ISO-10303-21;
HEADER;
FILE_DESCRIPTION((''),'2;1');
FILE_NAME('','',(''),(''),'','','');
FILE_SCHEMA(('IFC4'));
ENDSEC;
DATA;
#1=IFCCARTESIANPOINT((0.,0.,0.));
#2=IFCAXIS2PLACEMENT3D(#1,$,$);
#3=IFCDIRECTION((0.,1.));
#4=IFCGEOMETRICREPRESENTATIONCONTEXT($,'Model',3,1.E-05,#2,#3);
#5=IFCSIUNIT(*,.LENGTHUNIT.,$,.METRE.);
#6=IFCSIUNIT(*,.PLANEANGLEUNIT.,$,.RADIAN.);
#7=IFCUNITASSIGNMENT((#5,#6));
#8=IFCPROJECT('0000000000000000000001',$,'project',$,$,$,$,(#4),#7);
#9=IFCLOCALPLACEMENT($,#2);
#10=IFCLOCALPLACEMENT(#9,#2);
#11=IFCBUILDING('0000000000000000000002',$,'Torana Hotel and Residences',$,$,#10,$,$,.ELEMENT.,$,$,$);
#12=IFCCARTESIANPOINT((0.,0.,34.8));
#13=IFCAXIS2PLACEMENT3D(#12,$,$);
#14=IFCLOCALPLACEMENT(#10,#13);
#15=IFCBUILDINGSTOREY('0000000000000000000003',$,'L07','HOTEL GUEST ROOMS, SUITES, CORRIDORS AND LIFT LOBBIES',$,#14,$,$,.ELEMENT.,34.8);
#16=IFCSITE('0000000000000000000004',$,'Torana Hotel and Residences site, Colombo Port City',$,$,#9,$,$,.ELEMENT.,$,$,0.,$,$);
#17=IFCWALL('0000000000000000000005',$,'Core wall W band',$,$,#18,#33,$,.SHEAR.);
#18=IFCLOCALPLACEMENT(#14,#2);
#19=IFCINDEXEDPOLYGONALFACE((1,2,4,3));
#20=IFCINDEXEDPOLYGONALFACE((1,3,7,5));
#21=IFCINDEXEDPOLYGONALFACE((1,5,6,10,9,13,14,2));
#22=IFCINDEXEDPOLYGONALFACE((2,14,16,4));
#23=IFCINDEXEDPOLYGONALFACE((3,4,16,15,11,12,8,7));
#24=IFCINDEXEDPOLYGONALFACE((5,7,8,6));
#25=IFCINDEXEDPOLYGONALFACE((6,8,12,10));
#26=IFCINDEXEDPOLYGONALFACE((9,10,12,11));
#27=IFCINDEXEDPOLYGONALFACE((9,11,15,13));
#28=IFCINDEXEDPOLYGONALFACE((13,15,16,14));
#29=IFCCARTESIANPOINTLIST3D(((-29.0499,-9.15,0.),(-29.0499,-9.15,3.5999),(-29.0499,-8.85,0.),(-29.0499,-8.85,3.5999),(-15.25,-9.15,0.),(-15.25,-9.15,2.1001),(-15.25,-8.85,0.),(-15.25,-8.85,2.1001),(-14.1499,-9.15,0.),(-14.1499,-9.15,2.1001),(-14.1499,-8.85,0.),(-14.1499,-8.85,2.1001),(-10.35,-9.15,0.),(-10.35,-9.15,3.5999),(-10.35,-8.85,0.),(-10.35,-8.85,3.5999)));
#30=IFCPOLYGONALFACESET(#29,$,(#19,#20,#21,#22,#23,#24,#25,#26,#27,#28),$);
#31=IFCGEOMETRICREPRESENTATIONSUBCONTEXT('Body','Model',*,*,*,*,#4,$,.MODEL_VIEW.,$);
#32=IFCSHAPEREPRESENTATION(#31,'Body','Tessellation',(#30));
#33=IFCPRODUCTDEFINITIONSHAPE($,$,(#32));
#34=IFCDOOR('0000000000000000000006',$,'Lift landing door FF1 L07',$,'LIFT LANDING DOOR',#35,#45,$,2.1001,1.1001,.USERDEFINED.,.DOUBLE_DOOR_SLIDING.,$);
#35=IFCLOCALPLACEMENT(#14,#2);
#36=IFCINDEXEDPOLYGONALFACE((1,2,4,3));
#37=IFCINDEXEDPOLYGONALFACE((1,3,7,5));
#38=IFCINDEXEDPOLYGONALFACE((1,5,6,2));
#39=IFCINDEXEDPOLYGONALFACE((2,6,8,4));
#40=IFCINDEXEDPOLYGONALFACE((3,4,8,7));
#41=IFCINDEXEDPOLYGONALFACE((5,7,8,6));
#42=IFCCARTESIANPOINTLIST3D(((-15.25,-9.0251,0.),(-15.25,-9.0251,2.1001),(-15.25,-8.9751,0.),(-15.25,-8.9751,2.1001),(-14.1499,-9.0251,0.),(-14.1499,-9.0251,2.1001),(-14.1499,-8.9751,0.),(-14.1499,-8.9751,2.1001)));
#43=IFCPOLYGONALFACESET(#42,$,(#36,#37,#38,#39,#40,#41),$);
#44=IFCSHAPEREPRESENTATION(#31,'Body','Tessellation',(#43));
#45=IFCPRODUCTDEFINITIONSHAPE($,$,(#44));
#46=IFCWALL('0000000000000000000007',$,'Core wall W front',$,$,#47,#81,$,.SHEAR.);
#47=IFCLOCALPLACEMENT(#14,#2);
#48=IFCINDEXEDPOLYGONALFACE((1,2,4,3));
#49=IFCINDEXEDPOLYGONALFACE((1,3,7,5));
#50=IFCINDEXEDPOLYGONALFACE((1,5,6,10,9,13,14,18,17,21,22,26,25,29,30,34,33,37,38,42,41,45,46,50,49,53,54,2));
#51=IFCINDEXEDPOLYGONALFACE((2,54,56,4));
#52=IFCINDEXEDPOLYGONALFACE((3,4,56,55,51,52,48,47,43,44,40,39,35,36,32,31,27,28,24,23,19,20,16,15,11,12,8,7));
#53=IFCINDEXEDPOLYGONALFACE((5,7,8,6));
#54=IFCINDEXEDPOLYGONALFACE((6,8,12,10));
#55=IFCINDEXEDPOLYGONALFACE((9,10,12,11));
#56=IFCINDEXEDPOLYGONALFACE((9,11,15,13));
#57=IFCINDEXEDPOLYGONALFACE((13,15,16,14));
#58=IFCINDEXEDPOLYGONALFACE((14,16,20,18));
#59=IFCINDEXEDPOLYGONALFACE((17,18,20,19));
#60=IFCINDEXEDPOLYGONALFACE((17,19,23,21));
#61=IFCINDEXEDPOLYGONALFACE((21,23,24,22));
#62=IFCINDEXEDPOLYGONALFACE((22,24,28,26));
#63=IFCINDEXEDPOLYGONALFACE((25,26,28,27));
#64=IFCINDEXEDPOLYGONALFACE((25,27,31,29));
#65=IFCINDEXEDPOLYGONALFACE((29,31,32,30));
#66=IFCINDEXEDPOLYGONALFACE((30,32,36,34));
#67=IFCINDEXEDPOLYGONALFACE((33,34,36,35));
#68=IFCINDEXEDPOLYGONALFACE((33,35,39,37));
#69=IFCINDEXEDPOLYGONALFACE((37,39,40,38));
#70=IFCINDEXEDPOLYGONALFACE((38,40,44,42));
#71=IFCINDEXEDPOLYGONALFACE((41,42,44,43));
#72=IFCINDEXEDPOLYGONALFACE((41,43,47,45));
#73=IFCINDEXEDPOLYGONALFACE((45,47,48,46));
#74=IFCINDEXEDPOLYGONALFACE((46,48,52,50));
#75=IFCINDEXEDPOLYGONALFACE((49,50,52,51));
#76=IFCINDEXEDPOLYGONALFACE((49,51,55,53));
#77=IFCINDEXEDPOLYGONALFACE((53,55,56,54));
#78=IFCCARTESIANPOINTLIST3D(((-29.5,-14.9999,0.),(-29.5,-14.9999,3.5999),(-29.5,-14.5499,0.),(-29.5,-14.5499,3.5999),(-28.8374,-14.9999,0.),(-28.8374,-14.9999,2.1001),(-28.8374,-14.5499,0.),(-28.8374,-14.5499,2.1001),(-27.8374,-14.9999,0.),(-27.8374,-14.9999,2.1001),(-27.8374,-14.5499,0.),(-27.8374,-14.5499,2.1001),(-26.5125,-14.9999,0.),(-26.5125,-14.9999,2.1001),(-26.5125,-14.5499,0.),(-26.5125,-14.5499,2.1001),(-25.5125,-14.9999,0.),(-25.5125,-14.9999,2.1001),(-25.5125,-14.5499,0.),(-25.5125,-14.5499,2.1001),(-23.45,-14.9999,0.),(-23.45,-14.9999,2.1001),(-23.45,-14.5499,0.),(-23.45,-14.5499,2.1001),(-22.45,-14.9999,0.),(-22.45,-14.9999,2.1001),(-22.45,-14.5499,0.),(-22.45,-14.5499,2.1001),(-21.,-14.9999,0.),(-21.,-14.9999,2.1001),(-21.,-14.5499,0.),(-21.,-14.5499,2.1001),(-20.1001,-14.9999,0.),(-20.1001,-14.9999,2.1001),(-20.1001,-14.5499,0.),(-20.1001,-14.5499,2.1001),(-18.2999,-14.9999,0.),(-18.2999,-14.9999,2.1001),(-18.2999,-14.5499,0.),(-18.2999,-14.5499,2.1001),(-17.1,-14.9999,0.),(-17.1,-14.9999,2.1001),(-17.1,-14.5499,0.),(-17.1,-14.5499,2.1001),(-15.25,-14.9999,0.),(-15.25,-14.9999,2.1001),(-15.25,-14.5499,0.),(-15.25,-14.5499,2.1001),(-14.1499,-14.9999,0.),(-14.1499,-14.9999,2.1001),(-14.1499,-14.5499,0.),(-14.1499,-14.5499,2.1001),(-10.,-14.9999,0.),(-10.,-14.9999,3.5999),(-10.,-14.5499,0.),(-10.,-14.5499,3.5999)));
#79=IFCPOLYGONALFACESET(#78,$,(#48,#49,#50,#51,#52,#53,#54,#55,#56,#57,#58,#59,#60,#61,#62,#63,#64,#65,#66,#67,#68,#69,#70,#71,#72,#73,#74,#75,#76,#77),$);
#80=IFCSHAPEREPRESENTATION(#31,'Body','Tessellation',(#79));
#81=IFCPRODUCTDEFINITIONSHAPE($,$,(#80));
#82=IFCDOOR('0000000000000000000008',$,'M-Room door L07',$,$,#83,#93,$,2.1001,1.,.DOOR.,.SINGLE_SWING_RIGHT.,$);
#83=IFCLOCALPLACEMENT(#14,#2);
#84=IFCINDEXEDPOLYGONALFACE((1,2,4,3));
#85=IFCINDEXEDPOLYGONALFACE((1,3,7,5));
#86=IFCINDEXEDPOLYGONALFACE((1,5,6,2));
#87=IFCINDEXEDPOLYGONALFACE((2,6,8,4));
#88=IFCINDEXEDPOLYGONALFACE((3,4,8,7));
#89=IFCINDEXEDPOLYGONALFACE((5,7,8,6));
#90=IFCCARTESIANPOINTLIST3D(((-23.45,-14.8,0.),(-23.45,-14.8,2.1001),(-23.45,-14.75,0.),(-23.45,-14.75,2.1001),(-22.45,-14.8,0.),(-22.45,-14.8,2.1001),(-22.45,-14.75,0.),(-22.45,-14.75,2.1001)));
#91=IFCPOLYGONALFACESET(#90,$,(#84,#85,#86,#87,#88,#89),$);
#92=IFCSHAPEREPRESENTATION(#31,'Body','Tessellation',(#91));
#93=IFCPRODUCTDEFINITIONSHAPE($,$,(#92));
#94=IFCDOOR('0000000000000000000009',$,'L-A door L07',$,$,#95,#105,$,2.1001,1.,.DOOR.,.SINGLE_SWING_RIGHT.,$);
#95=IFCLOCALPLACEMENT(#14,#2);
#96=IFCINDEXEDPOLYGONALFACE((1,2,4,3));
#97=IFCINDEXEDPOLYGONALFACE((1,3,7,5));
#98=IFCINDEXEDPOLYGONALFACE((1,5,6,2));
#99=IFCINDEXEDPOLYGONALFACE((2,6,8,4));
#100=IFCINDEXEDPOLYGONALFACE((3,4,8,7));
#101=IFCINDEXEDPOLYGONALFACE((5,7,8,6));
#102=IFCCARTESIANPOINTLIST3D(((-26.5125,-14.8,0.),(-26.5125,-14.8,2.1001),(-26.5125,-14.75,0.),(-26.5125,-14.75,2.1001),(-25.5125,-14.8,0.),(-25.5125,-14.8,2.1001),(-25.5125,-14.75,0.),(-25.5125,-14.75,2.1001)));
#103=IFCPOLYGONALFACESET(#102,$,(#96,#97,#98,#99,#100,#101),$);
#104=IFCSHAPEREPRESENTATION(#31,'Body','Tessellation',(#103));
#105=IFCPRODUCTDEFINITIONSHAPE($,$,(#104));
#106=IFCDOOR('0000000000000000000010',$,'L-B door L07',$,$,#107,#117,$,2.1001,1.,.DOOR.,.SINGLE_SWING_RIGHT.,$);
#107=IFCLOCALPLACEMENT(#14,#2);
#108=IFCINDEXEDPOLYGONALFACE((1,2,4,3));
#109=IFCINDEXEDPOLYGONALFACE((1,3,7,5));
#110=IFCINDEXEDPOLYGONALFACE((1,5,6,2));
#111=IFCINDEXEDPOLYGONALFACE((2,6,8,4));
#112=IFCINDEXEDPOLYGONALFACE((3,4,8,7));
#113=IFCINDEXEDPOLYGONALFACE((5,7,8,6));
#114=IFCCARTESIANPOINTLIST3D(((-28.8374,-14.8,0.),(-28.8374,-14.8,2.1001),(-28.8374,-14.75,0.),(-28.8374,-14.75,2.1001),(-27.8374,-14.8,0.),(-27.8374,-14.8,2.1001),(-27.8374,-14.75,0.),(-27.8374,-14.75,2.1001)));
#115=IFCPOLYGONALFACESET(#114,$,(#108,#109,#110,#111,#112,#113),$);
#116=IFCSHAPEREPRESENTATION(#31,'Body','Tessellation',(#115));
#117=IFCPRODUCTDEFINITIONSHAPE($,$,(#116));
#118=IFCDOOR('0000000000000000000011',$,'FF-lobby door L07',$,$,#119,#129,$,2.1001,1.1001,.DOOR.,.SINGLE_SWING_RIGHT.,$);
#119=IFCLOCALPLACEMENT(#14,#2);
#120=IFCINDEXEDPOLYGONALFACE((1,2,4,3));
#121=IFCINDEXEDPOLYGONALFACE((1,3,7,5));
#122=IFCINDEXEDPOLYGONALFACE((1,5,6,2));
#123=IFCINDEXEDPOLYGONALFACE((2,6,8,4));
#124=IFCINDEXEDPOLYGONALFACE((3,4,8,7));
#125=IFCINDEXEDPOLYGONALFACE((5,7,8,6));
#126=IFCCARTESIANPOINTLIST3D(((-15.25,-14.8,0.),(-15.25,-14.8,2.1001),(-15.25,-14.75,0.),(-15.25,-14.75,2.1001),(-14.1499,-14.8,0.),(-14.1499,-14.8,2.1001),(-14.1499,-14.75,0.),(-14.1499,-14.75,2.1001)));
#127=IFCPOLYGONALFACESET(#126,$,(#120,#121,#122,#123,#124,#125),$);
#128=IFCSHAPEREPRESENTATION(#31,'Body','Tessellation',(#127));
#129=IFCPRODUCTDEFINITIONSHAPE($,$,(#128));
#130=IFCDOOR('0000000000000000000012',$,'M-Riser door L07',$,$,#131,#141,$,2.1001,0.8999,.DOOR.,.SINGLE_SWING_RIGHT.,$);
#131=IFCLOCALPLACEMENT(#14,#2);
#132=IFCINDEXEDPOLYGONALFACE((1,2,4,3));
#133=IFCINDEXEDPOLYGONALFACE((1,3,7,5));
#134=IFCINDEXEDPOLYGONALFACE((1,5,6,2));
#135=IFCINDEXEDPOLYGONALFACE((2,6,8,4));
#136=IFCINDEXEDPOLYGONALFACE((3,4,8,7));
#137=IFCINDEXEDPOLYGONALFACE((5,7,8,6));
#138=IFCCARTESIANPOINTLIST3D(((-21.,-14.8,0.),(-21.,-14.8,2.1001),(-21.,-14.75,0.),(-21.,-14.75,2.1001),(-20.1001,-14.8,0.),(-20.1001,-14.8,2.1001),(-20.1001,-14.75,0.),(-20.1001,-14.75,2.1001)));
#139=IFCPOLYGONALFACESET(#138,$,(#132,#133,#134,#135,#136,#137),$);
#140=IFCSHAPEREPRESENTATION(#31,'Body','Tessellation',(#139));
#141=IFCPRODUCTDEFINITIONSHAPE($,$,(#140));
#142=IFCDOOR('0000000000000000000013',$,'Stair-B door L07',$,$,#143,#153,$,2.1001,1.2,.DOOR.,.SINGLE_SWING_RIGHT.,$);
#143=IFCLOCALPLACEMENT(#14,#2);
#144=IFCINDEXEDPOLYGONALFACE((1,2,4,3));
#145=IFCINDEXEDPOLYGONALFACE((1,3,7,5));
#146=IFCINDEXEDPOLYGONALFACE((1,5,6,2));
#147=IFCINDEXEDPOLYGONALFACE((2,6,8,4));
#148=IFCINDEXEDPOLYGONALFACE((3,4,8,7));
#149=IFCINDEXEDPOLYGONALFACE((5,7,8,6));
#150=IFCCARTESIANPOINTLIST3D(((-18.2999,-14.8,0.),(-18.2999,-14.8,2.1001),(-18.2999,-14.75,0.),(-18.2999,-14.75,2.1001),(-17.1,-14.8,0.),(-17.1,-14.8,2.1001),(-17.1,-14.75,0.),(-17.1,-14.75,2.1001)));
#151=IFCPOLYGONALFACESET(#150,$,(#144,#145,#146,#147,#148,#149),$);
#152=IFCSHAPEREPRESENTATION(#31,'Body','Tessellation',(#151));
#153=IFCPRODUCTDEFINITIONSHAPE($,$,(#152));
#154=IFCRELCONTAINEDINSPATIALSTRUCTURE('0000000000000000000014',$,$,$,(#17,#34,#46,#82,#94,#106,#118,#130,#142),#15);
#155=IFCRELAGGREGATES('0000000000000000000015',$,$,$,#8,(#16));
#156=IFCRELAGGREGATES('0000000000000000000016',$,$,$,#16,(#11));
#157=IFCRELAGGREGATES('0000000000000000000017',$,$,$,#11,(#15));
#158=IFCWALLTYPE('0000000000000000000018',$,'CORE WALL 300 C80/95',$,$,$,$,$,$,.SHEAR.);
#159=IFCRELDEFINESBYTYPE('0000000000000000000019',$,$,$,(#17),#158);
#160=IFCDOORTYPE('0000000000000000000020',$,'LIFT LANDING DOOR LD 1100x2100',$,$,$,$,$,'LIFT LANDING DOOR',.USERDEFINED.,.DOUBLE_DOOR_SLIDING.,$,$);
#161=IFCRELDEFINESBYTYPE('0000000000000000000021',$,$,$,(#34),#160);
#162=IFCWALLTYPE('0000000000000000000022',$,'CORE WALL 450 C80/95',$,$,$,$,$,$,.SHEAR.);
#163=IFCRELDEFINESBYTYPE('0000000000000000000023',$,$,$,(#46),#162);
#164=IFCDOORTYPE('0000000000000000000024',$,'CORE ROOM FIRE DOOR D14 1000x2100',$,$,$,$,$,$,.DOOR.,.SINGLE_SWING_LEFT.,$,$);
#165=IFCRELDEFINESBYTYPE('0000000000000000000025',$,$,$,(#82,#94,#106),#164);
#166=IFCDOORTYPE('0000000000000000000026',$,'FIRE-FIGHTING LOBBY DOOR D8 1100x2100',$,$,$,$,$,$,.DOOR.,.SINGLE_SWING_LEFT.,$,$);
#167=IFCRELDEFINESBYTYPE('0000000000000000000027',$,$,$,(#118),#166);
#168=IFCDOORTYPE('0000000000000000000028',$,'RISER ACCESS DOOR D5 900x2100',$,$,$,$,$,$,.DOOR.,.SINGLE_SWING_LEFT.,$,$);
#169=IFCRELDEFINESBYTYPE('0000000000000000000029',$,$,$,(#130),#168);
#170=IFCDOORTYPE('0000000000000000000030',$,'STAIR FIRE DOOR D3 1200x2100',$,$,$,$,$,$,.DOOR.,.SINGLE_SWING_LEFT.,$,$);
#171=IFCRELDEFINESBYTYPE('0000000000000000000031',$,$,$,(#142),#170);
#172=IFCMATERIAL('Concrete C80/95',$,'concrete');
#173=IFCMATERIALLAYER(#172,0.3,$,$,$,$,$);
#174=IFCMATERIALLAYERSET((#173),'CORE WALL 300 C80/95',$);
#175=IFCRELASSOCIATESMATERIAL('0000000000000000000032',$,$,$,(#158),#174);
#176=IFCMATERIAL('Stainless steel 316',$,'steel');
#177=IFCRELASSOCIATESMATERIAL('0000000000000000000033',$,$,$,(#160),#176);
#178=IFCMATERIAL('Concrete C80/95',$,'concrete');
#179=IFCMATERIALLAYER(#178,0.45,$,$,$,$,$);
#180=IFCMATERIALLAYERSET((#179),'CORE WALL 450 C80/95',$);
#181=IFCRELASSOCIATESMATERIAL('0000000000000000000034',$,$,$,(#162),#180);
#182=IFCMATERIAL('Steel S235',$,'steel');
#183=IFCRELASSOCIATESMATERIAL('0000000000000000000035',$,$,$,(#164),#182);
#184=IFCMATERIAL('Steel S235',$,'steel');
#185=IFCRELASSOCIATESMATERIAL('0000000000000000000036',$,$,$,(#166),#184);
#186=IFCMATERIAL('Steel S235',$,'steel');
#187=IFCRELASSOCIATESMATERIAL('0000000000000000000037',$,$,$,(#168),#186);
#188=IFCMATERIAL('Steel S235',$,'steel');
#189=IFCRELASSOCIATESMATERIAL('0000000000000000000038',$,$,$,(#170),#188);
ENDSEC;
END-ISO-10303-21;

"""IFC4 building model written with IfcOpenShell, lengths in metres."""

from ifc_helpers import new_model, si_unit, direction, frame, frame_2d, origin, place, context, subcontext, project, spatial, rectangle, extrude, material, layer, layer_set, type_object, element, fill, save


model = new_model("IFC4")

# Units and contexts
model_context = context("Model", 3, precision=1e-05, world=origin(), true_north=direction((0.0, 1.0)))
body_context = subcontext(model_context, "Body", "Model", "MODEL_VIEW")
ifc_project = project(units=[si_unit("LENGTHUNIT", "METRE"), si_unit("PLANEANGLEUNIT", "RADIAN")], contexts=[model_context])

# Site, building, storey
site_placement = place(None, origin())
site = spatial("IfcSite", under=ifc_project, at=site_placement, Name="Torana Hotel and Residences site, Colombo Port City", CompositionType="ELEMENT", RefElevation=0.0)
building_placement = place(site_placement, origin())
building = spatial("IfcBuilding", under=site, at=building_placement, Name="Torana Hotel and Residences", CompositionType="ELEMENT")
storey_placement = place(building_placement, frame((0.0, 0.0, 34.8)))
storey = spatial("IfcBuildingStorey", under=building, at=storey_placement, Name="L07", Description="HOTEL GUEST ROOMS, SUITES, CORRIDORS AND LIFT LOBBIES", CompositionType="ELEMENT", Elevation=34.8)

# Wall, opening, door
ifc_material_1 = material(Name="Concrete C80/95", Category="concrete")
ifc_layer_1 = layer(ifc_material_1, 0.3)
ifc_layer_set_1 = layer_set([ifc_layer_1], Name="CORE WALL 300 C80/95")
wall_type_1 = type_object("IfcWallType", Name="CORE WALL 300 C80/95", PredefinedType="SHEAR", material=ifc_layer_set_1)
wall_1_placement = place(storey_placement, frame((-29.05, -9.0, 0.0), z_axis=(0.0, 0.0, 1.0), x_axis=(1.0, 0.0, 0.0)))
wall_1 = element("IfcWall", 1, at=wall_1_placement, inside=storey, type_object=wall_type_1, Name="Core wall W band", PredefinedType="SHEAR", context=body_context, shape_type="SweptSolid", body=[
    extrude(rectangle(XDim=18.7, YDim=0.3, at=frame_2d((9.3501, 0.0))), origin(), (0.0, 0.0, 1.0), 3.5999),
])
opening_1_placement = place(wall_1_placement, frame((13.8, 0.0, 0.0)))
opening_1 = element("IfcOpeningElement", 2, at=opening_1_placement, cuts=wall_1, PredefinedType="OPENING", context=body_context, shape_type="SweptSolid", body=[
    extrude(rectangle(XDim=1.1001, YDim=2.1001, at=frame_2d((0.55, 1.05))), frame((0.0, 0.1599, 0.0), z_axis=(0.0, -1.0, 0.0), x_axis=(1.0, 0.0, 0.0)), (0.0, 0.0, 1.0), 0.3201),
])
ifc_material_2 = material(Name="Stainless steel 316", Category="steel")
door_type_1 = type_object("IfcDoorType", Name="LIFT LANDING DOOR LD 1100x2100", ElementType="LIFT LANDING DOOR", OperationType="DOUBLE_DOOR_SLIDING", PredefinedType="USERDEFINED", material=ifc_material_2)
door_1_placement = place(opening_1_placement, origin())
door_1 = element("IfcDoor", 3, at=door_1_placement, inside=storey, type_object=door_type_1, Name="Lift landing door FF1 L07", ObjectType="LIFT LANDING DOOR", OperationType="DOUBLE_DOOR_SLIDING", OverallHeight=2.1001, OverallWidth=1.1001, PredefinedType="USERDEFINED", context=body_context, shape_type="SweptSolid", body=[
    extrude(rectangle(XDim=1.1001, YDim=2.1001, at=frame_2d((0.55, 1.05))), frame((0.0, 0.0249, 0.0), z_axis=(0.0, -1.0, 0.0), x_axis=(1.0, 0.0, 0.0)), (0.0, 0.0, 1.0), 0.05),
])
fill(opening_1, door_1)

# Wall, openings, doors
ifc_material_3 = material(Name="Concrete C80/95", Category="concrete")
ifc_layer_2 = layer(ifc_material_3, 0.45)
ifc_layer_set_2 = layer_set([ifc_layer_2], Name="CORE WALL 450 C80/95")
wall_type_2 = type_object("IfcWallType", Name="CORE WALL 450 C80/95", PredefinedType="SHEAR", material=ifc_layer_set_2)
wall_2_placement = place(storey_placement, frame((-29.5, -14.7749, 0.0), z_axis=(0.0, 0.0, 1.0), x_axis=(1.0, 0.0, 0.0)))
wall_2 = element("IfcWall", 4, at=wall_2_placement, inside=storey, type_object=wall_type_2, Name="Core wall W front", PredefinedType="SHEAR", context=body_context, shape_type="SweptSolid", body=[
    extrude(rectangle(XDim=19.5, YDim=0.45, at=frame_2d((9.75, 0.0))), origin(), (0.0, 0.0, 1.0), 3.5999),
])
opening_2_placement = place(wall_2_placement, frame((11.2, 0.0, 0.0)))
opening_2 = element("IfcOpeningElement", 5, at=opening_2_placement, cuts=wall_2, PredefinedType="OPENING", context=body_context, shape_type="SweptSolid", body=[
    extrude(rectangle(XDim=1.2, YDim=2.1001, at=frame_2d((0.6001, 1.05))), frame((0.0, 0.2349, 0.0), z_axis=(0.0, -1.0, 0.0), x_axis=(1.0, 0.0, 0.0)), (0.0, 0.0, 1.0), 0.47),
])
opening_3_placement = place(wall_2_placement, frame((14.25, 0.0, 0.0)))
opening_3 = element("IfcOpeningElement", 6, at=opening_3_placement, cuts=wall_2, PredefinedType="OPENING", context=body_context, shape_type="SweptSolid", body=[
    extrude(rectangle(XDim=1.1001, YDim=2.1001, at=frame_2d((0.55, 1.05))), frame((0.0, 0.2349, 0.0), z_axis=(0.0, -1.0, 0.0), x_axis=(1.0, 0.0, 0.0)), (0.0, 0.0, 1.0), 0.47),
])
opening_4_placement = place(wall_2_placement, frame((8.5, 0.0, 0.0)))
opening_4 = element("IfcOpeningElement", 7, at=opening_4_placement, cuts=wall_2, PredefinedType="OPENING", context=body_context, shape_type="SweptSolid", body=[
    extrude(rectangle(XDim=0.8999, YDim=2.1001, at=frame_2d((0.45, 1.05))), frame((0.0, 0.2349, 0.0), z_axis=(0.0, -1.0, 0.0), x_axis=(1.0, 0.0, 0.0)), (0.0, 0.0, 1.0), 0.47),
])
opening_5_placement = place(wall_2_placement, frame((6.05, 0.0, 0.0)))
opening_5 = element("IfcOpeningElement", 8, at=opening_5_placement, cuts=wall_2, PredefinedType="OPENING", context=body_context, shape_type="SweptSolid", body=[
    extrude(rectangle(XDim=1.0, YDim=2.1001, at=frame_2d((0.5, 1.05))), frame((0.0, 0.2349, 0.0), z_axis=(0.0, -1.0, 0.0), x_axis=(1.0, 0.0, 0.0)), (0.0, 0.0, 1.0), 0.47),
])
opening_6_placement = place(wall_2_placement, frame((2.9875, 0.0, 0.0)))
opening_6 = element("IfcOpeningElement", 9, at=opening_6_placement, cuts=wall_2, PredefinedType="OPENING", context=body_context, shape_type="SweptSolid", body=[
    extrude(rectangle(XDim=1.0, YDim=2.1001, at=frame_2d((0.5, 1.05))), frame((0.0, 0.2349, 0.0), z_axis=(0.0, -1.0, 0.0), x_axis=(1.0, 0.0, 0.0)), (0.0, 0.0, 1.0), 0.47),
])
opening_7_placement = place(wall_2_placement, frame((0.6626, 0.0, 0.0)))
opening_7 = element("IfcOpeningElement", 10, at=opening_7_placement, cuts=wall_2, PredefinedType="OPENING", context=body_context, shape_type="SweptSolid", body=[
    extrude(rectangle(XDim=1.0, YDim=2.1001, at=frame_2d((0.5, 1.05))), frame((0.0, 0.2349, 0.0), z_axis=(0.0, -1.0, 0.0), x_axis=(1.0, 0.0, 0.0)), (0.0, 0.0, 1.0), 0.47),
])
ifc_material_4 = material(Name="Steel S235", Category="steel")
door_type_2 = type_object("IfcDoorType", Name="CORE ROOM FIRE DOOR D14 1000x2100", OperationType="SINGLE_SWING_LEFT", PredefinedType="DOOR", material=ifc_material_4)
door_2_placement = place(opening_5_placement, origin())
door_2 = element("IfcDoor", 11, at=door_2_placement, inside=storey, type_object=door_type_2, Name="M-Room door L07", OperationType="SINGLE_SWING_RIGHT", OverallHeight=2.1001, OverallWidth=1.0, PredefinedType="DOOR", context=body_context, shape_type="SweptSolid", body=[
    extrude(rectangle(XDim=1.0, YDim=2.1001, at=frame_2d((0.5, 1.05))), frame((0.0, 0.0249, 0.0), z_axis=(0.0, -1.0, 0.0), x_axis=(1.0, 0.0, 0.0)), (0.0, 0.0, 1.0), 0.05),
])
fill(opening_5, door_2)
door_3_placement = place(opening_6_placement, origin())
door_3 = element("IfcDoor", 12, at=door_3_placement, inside=storey, type_object=door_type_2, Name="L-A door L07", OperationType="SINGLE_SWING_RIGHT", OverallHeight=2.1001, OverallWidth=1.0, PredefinedType="DOOR", context=body_context, shape_type="SweptSolid", body=[
    extrude(rectangle(XDim=1.0, YDim=2.1001, at=frame_2d((0.5, 1.05))), frame((0.0, 0.0249, 0.0), z_axis=(0.0, -1.0, 0.0), x_axis=(1.0, 0.0, 0.0)), (0.0, 0.0, 1.0), 0.05),
])
fill(opening_6, door_3)
door_4_placement = place(opening_7_placement, origin())
door_4 = element("IfcDoor", 13, at=door_4_placement, inside=storey, type_object=door_type_2, Name="L-B door L07", OperationType="SINGLE_SWING_RIGHT", OverallHeight=2.1001, OverallWidth=1.0, PredefinedType="DOOR", context=body_context, shape_type="SweptSolid", body=[
    extrude(rectangle(XDim=1.0, YDim=2.1001, at=frame_2d((0.5, 1.05))), frame((0.0, 0.0249, 0.0), z_axis=(0.0, -1.0, 0.0), x_axis=(1.0, 0.0, 0.0)), (0.0, 0.0, 1.0), 0.05),
])
fill(opening_7, door_4)
ifc_material_5 = material(Name="Steel S235", Category="steel")
door_type_3 = type_object("IfcDoorType", Name="FIRE-FIGHTING LOBBY DOOR D8 1100x2100", OperationType="SINGLE_SWING_LEFT", PredefinedType="DOOR", material=ifc_material_5)
door_5_placement = place(opening_3_placement, origin())
door_5 = element("IfcDoor", 14, at=door_5_placement, inside=storey, type_object=door_type_3, Name="FF-lobby door L07", OperationType="SINGLE_SWING_RIGHT", OverallHeight=2.1001, OverallWidth=1.1001, PredefinedType="DOOR", context=body_context, shape_type="SweptSolid", body=[
    extrude(rectangle(XDim=1.1001, YDim=2.1001, at=frame_2d((0.55, 1.05))), frame((0.0, 0.0249, 0.0), z_axis=(0.0, -1.0, 0.0), x_axis=(1.0, 0.0, 0.0)), (0.0, 0.0, 1.0), 0.05),
])
fill(opening_3, door_5)
ifc_material_6 = material(Name="Steel S235", Category="steel")
door_type_4 = type_object("IfcDoorType", Name="RISER ACCESS DOOR D5 900x2100", OperationType="SINGLE_SWING_LEFT", PredefinedType="DOOR", material=ifc_material_6)
door_6_placement = place(opening_4_placement, origin())
door_6 = element("IfcDoor", 15, at=door_6_placement, inside=storey, type_object=door_type_4, Name="M-Riser door L07", OperationType="SINGLE_SWING_RIGHT", OverallHeight=2.1001, OverallWidth=0.8999, PredefinedType="DOOR", context=body_context, shape_type="SweptSolid", body=[
    extrude(rectangle(XDim=0.8999, YDim=2.1001, at=frame_2d((0.45, 1.05))), frame((0.0, 0.0249, 0.0), z_axis=(0.0, -1.0, 0.0), x_axis=(1.0, 0.0, 0.0)), (0.0, 0.0, 1.0), 0.05),
])
fill(opening_4, door_6)
ifc_material_7 = material(Name="Steel S235", Category="steel")
door_type_5 = type_object("IfcDoorType", Name="STAIR FIRE DOOR D3 1200x2100", OperationType="SINGLE_SWING_LEFT", PredefinedType="DOOR", material=ifc_material_7)
door_7_placement = place(opening_2_placement, origin())
door_7 = element("IfcDoor", 16, at=door_7_placement, inside=storey, type_object=door_type_5, Name="Stair-B door L07", OperationType="SINGLE_SWING_RIGHT", OverallHeight=2.1001, OverallWidth=1.2, PredefinedType="DOOR", context=body_context, shape_type="SweptSolid", body=[
    extrude(rectangle(XDim=1.2, YDim=2.1001, at=frame_2d((0.6001, 1.05))), frame((0.0, 0.0249, 0.0), z_axis=(0.0, -1.0, 0.0), x_axis=(1.0, 0.0, 0.0)), (0.0, 0.0, 1.0), 0.05),
])
fill(opening_2, door_7)

save(model, "model.ifc")
